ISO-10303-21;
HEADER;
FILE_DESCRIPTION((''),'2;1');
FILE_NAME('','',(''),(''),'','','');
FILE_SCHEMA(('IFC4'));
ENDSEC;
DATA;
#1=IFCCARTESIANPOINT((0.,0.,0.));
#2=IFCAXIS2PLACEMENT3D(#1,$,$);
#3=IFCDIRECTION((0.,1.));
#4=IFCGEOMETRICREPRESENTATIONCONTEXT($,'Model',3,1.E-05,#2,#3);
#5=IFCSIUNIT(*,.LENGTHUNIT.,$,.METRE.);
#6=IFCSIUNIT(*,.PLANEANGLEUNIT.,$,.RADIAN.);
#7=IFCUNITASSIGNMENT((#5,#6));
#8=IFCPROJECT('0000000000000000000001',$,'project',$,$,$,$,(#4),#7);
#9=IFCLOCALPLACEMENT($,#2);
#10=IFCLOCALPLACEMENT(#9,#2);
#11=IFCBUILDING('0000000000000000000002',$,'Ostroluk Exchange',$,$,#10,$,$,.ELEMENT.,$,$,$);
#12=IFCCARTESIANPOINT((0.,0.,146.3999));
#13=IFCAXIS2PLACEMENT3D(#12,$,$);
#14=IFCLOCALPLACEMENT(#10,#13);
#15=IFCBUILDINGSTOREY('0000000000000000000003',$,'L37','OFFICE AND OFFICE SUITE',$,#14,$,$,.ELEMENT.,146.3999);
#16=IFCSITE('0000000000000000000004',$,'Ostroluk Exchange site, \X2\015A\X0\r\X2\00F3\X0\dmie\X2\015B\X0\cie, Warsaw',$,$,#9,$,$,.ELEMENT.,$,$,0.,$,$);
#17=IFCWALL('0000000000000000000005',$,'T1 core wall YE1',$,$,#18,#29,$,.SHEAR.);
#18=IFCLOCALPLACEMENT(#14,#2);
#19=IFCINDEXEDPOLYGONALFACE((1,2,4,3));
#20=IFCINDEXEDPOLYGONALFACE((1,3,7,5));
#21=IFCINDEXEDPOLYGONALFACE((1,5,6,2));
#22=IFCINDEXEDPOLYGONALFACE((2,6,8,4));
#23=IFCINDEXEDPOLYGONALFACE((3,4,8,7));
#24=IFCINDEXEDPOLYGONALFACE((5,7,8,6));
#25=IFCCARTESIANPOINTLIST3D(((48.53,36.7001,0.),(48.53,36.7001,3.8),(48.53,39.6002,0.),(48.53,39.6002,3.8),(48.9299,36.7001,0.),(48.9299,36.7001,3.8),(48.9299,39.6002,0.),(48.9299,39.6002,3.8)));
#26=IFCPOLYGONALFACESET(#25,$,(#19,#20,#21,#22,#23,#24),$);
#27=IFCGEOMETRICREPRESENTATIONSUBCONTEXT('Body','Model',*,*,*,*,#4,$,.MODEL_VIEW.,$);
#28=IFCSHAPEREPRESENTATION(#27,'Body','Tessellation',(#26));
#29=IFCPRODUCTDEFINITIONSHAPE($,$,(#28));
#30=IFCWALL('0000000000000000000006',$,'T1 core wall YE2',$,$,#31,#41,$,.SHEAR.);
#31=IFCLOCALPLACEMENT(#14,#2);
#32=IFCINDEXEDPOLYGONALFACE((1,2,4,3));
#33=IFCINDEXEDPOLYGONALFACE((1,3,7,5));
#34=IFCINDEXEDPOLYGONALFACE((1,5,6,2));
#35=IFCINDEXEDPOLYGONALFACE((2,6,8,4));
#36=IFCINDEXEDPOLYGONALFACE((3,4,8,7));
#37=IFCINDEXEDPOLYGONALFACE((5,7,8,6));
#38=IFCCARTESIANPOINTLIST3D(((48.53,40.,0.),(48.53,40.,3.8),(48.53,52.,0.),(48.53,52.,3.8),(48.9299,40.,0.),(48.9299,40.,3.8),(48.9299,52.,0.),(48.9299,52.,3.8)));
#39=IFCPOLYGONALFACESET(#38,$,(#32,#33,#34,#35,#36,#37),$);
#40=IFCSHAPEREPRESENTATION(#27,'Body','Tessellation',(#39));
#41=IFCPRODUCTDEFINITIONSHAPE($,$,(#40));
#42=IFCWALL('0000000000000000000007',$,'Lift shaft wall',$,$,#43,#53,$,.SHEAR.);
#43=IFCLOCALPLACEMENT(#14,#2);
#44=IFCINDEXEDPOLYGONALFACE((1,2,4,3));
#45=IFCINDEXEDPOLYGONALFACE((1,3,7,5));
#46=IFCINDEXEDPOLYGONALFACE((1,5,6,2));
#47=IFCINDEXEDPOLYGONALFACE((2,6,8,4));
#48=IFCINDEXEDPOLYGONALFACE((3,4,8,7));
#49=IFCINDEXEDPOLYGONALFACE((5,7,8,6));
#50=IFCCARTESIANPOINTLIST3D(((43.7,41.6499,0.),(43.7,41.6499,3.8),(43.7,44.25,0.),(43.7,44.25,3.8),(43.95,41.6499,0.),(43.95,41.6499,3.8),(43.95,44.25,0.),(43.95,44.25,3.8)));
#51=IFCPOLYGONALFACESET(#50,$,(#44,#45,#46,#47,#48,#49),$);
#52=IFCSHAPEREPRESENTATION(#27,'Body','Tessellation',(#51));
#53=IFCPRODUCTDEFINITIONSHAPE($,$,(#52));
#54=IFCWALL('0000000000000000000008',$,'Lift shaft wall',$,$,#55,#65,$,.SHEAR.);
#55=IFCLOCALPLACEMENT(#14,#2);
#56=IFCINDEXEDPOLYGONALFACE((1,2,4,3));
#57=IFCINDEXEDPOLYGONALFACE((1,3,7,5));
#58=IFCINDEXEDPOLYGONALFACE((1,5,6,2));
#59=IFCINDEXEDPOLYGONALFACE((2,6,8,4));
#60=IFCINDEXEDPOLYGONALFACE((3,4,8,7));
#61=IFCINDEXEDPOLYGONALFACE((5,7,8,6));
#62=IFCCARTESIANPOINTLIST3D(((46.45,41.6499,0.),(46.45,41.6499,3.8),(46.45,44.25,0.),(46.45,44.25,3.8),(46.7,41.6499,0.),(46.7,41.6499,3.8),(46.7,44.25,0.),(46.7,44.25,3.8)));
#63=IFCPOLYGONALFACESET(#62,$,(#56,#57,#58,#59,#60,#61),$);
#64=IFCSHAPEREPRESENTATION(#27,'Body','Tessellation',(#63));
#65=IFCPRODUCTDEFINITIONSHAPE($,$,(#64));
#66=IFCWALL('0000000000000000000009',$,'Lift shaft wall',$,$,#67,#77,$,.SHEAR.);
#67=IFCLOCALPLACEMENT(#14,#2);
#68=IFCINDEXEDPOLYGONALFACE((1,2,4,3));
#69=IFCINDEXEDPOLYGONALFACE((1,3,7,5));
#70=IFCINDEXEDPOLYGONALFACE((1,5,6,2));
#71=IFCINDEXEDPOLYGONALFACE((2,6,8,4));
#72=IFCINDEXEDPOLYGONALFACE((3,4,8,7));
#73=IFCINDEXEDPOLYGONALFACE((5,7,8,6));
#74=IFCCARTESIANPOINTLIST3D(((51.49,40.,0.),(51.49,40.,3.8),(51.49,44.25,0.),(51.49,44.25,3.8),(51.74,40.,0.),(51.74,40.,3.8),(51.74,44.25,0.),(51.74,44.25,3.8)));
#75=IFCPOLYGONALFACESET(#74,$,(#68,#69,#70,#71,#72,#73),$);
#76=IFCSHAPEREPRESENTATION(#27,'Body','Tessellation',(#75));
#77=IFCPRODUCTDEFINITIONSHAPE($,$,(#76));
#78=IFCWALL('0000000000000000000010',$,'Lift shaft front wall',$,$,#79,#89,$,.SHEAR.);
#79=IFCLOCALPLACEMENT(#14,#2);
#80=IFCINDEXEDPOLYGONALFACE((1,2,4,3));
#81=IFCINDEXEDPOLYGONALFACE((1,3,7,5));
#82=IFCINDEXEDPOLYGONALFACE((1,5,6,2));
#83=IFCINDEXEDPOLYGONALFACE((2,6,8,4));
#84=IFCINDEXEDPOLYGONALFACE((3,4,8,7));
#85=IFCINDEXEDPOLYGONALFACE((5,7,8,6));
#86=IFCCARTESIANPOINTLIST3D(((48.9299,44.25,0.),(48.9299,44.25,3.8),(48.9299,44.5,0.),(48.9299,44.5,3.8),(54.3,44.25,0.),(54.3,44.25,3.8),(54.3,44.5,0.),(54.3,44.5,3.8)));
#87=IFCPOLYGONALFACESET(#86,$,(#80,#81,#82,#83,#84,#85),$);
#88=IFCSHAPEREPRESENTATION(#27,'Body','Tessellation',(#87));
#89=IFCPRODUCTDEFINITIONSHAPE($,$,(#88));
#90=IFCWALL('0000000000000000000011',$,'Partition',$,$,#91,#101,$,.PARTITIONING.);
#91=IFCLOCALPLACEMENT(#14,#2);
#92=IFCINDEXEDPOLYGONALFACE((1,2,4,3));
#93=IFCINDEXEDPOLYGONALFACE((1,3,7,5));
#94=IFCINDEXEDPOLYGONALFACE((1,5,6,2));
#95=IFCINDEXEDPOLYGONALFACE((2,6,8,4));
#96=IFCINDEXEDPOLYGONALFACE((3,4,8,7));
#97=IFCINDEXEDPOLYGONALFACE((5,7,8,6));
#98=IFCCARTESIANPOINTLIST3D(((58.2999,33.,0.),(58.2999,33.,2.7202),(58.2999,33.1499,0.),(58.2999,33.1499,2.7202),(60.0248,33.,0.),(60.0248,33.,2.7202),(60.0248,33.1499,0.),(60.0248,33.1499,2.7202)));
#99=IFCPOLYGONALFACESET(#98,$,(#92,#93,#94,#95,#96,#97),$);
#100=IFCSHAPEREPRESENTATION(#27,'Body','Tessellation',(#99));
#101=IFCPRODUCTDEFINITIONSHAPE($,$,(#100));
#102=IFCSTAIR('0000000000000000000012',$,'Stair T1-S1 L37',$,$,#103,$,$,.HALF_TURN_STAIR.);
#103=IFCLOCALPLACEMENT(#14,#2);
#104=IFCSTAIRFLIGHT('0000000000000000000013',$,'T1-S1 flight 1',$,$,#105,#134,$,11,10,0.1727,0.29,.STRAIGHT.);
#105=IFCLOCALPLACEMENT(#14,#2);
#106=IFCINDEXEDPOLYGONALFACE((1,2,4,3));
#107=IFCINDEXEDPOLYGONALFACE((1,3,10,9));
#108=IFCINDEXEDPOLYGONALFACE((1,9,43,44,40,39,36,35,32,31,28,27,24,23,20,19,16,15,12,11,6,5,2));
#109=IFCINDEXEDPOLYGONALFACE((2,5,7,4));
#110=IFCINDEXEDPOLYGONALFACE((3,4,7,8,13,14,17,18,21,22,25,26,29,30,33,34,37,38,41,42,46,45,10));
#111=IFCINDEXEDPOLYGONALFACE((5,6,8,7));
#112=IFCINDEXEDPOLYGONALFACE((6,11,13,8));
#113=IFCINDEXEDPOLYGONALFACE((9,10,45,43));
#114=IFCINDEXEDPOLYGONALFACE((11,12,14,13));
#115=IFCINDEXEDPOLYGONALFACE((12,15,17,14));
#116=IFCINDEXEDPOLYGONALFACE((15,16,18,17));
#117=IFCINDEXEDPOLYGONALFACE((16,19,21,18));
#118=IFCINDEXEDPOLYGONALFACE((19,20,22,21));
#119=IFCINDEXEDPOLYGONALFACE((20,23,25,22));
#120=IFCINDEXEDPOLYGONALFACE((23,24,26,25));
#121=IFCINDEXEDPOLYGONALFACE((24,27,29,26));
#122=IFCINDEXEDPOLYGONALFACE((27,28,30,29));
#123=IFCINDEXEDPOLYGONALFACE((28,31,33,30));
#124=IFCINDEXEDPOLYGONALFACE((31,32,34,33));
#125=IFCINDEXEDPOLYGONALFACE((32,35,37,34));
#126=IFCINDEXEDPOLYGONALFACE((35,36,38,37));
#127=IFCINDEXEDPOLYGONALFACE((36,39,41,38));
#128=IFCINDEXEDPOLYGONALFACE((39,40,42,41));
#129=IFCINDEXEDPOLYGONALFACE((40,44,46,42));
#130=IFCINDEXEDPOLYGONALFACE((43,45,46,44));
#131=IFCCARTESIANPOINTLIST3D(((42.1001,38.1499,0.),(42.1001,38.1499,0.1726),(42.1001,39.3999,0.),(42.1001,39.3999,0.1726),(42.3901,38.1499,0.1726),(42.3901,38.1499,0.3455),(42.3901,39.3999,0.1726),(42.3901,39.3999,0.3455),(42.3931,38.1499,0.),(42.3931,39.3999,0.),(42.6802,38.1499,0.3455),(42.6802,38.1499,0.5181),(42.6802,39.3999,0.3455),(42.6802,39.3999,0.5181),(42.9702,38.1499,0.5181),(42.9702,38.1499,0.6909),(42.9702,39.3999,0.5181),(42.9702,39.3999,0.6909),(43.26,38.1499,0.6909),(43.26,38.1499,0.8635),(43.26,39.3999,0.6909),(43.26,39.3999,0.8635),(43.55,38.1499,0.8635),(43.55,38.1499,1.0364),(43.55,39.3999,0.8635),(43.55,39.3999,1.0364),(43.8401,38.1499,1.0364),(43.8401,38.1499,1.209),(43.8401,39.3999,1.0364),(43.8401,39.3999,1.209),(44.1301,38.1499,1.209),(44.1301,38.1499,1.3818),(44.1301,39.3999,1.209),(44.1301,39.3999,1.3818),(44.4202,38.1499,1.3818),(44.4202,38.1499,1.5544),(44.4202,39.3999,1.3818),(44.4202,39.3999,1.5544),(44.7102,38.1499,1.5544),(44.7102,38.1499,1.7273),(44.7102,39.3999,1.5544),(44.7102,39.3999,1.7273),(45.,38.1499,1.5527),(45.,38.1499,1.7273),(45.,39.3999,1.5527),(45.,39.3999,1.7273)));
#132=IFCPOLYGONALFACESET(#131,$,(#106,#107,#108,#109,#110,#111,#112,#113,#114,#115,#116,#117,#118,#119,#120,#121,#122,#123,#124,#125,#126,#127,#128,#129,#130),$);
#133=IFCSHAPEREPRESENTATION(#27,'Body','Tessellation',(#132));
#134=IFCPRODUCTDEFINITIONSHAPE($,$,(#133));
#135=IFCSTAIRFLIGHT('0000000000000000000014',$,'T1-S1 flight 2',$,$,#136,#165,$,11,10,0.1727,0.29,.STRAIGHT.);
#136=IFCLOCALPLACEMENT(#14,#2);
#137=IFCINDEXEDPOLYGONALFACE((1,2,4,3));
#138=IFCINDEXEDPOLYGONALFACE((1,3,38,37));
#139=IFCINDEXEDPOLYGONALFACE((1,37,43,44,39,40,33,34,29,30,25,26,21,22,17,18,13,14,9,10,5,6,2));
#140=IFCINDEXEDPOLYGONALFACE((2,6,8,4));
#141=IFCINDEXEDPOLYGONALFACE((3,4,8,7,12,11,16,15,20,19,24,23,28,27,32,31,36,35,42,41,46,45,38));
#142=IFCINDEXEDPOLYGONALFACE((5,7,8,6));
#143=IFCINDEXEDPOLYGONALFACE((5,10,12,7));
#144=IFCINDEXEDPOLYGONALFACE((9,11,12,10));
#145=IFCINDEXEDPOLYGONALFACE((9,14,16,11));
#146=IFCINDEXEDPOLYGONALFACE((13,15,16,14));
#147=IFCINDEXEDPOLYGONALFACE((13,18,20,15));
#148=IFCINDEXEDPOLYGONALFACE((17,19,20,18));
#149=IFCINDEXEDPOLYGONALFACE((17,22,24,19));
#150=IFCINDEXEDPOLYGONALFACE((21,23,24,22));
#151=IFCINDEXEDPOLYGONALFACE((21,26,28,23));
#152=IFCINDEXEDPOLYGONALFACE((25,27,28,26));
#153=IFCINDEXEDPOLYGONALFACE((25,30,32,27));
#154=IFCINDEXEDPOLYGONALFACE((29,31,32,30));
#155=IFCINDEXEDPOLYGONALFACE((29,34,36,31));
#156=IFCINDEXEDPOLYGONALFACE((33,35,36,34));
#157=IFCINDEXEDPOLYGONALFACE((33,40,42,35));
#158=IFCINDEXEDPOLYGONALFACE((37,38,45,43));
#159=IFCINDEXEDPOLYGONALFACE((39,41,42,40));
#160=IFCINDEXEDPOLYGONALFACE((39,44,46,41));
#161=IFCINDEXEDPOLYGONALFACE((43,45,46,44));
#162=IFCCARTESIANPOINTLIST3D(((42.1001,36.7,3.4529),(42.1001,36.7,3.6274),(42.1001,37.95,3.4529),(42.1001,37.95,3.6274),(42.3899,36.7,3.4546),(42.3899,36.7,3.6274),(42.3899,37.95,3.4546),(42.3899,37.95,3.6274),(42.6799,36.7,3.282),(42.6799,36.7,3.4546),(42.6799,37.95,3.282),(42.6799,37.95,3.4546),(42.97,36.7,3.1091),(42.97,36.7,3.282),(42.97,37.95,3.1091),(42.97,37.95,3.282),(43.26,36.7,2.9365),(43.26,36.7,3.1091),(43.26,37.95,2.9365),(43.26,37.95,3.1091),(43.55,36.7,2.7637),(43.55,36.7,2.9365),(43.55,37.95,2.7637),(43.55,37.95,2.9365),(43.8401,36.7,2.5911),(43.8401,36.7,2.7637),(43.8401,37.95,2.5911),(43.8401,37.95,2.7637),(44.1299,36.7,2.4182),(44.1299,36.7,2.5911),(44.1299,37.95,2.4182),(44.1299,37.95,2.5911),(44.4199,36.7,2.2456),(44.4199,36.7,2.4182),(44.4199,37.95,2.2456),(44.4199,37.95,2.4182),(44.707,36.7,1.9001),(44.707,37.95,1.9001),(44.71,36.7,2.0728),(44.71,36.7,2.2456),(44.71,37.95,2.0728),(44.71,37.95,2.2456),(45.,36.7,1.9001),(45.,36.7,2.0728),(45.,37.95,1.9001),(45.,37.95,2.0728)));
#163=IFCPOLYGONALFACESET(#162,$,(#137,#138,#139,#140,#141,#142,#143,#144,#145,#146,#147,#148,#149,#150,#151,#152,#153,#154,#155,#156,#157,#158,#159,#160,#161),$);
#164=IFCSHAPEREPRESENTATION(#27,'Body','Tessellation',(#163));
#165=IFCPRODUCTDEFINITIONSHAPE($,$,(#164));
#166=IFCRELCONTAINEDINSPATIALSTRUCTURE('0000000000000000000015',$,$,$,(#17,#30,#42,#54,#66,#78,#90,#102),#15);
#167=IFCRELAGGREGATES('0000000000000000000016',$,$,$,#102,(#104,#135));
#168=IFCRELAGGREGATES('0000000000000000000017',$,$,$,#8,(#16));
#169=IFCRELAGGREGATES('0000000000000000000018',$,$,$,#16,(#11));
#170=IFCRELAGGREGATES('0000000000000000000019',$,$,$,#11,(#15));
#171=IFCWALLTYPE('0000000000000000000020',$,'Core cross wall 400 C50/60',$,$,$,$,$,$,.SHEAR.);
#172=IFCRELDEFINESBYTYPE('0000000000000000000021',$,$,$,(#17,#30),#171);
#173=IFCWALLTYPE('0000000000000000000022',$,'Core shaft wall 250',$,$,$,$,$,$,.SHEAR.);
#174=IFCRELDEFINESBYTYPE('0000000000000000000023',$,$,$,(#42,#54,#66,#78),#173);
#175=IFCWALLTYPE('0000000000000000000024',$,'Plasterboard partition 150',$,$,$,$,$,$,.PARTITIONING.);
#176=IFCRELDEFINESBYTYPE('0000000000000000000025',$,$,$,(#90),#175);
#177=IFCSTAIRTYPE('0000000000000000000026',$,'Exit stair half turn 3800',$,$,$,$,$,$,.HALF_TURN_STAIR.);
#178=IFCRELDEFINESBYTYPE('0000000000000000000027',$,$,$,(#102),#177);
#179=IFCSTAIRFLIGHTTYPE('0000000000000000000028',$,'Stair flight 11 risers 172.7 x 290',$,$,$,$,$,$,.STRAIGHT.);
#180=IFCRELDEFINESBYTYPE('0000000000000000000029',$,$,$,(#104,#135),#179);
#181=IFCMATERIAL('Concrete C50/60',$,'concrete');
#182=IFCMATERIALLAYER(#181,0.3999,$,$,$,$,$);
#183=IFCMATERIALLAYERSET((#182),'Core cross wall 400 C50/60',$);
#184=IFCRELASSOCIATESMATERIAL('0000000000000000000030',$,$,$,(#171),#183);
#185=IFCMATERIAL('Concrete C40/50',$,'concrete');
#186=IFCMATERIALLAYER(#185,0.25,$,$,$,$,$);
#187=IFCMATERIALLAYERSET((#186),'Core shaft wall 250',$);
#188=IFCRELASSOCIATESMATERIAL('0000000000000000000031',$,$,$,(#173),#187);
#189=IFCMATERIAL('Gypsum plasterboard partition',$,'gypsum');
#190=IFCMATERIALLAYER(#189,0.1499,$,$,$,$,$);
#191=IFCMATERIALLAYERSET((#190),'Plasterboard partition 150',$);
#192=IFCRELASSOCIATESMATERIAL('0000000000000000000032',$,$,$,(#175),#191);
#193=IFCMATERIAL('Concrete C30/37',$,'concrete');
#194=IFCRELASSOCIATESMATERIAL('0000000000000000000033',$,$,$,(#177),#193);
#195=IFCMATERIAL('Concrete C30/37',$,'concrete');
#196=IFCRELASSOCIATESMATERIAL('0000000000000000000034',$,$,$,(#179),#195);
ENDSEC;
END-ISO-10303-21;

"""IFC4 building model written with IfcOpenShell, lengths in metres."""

from ifc_helpers import new_model, si_unit, direction, frame, frame_2d, origin, place, context, subcontext, project, spatial, polyline, rectangle, outline, extrude, material, layer, layer_set, type_object, element, aggregate, save


model = new_model("IFC4")

# Units and contexts
model_context = context("Model", 3, precision=1e-05, world=origin(), true_north=direction((0.0, 1.0)))
body_context = subcontext(model_context, "Body", "Model", "MODEL_VIEW")
ifc_project = project(units=[si_unit("LENGTHUNIT", "METRE"), si_unit("PLANEANGLEUNIT", "RADIAN")], contexts=[model_context])

# Site, building, storey
site_placement = place(None, origin())
site = spatial("IfcSite", under=ifc_project, at=site_placement, Name="Ostroluk Exchange site, Śródmieście, Warsaw", CompositionType="ELEMENT", RefElevation=0.0)
building_placement = place(site_placement, origin())
building = spatial("IfcBuilding", under=site, at=building_placement, Name="Ostroluk Exchange", CompositionType="ELEMENT")
storey_placement = place(building_placement, frame((0.0, 0.0, 146.3999)))
storey = spatial("IfcBuildingStorey", under=building, at=storey_placement, Name="L37", Description="OFFICE AND OFFICE SUITE", CompositionType="ELEMENT", Elevation=146.3999)

# Walls
ifc_material_1 = material(Name="Concrete C50/60", Category="concrete")
ifc_layer_1 = layer(ifc_material_1, 0.3999)
ifc_layer_set_1 = layer_set([ifc_layer_1], Name="Core cross wall 400 C50/60")
wall_type_1 = type_object("IfcWallType", Name="Core cross wall 400 C50/60", PredefinedType="SHEAR", material=ifc_layer_set_1)
wall_1_placement = place(storey_placement, frame((48.73, 36.7, 0.0), z_axis=(0.0, 0.0, 1.0), x_axis=(0.0, 1.0, 0.0)))
element("IfcWall", 1, at=wall_1_placement, inside=storey, type_object=wall_type_1, Name="T1 core wall YE1", PredefinedType="SHEAR", context=body_context, shape_type="SweptSolid", body=[
    extrude(rectangle(XDim=2.9001, YDim=0.3999, at=frame_2d((1.4502, 0.0))), origin(), (0.0, 0.0, 1.0), 3.8),
])
wall_2_placement = place(storey_placement, frame((48.73, 40.0, 0.0), z_axis=(0.0, 0.0, 1.0), x_axis=(0.0, 1.0, 0.0)))
element("IfcWall", 2, at=wall_2_placement, inside=storey, type_object=wall_type_1, Name="T1 core wall YE2", PredefinedType="SHEAR", context=body_context, shape_type="SweptSolid", body=[
    extrude(rectangle(XDim=12.0, YDim=0.3999, at=frame_2d((6.0, 0.0))), origin(), (0.0, 0.0, 1.0), 3.8),
])

# Shared definitions
ifc_material_2 = material(Name="Concrete C40/50", Category="concrete")
ifc_layer_2 = layer(ifc_material_2, 0.25)
ifc_layer_set_2 = layer_set([ifc_layer_2], Name="Core shaft wall 250")
wall_type_2 = type_object("IfcWallType", Name="Core shaft wall 250", PredefinedType="SHEAR", material=ifc_layer_set_2)

# Walls
for number, where, z_axis, x_axis, name in (
    (3, (43.825, 44.25, 0.0), (0.0, 0.0, 1.0), (0.0, -1.0, 0.0), "Lift shaft wall"),
    (4, (46.575, 44.25, 0.0), (0.0, 0.0, 1.0), (0.0, -1.0, 0.0), "Lift shaft wall"),
):
    element("IfcWall", number, at=place(storey_placement, frame(where, z_axis=z_axis, x_axis=x_axis)), inside=storey, type_object=wall_type_2, Name=name, PredefinedType="SHEAR", context=body_context, shape_type="SweptSolid", body=[
        extrude(rectangle(XDim=2.6001, YDim=0.25, at=frame_2d((1.3, 0.0))), origin(), (0.0, 0.0, 1.0), 3.8),
    ])
wall_3_placement = place(storey_placement, frame((51.615, 44.25, 0.0), z_axis=(0.0, 0.0, 1.0), x_axis=(0.0, -1.0, 0.0)))
element("IfcWall", 5, at=wall_3_placement, inside=storey, type_object=wall_type_2, Name="Lift shaft wall", PredefinedType="SHEAR", context=body_context, shape_type="SweptSolid", body=[
    extrude(rectangle(XDim=4.25, YDim=0.25, at=frame_2d((2.125, 0.0))), origin(), (0.0, 0.0, 1.0), 3.8),
])
wall_4_placement = place(storey_placement, frame((48.9299, 44.375, 0.0), z_axis=(0.0, 0.0, 1.0), x_axis=(1.0, 0.0, 0.0)))
element("IfcWall", 6, at=wall_4_placement, inside=storey, type_object=wall_type_2, Name="Lift shaft front wall", PredefinedType="SHEAR", context=body_context, shape_type="SweptSolid", body=[
    extrude(rectangle(XDim=5.3701, YDim=0.25, at=frame_2d((2.6851, 0.0))), origin(), (0.0, 0.0, 1.0), 3.8),
])

# Wall
ifc_material_3 = material(Name="Gypsum plasterboard partition", Category="gypsum")
ifc_layer_3 = layer(ifc_material_3, 0.1499)
ifc_layer_set_3 = layer_set([ifc_layer_3], Name="Plasterboard partition 150")
wall_type_3 = type_object("IfcWallType", Name="Plasterboard partition 150", PredefinedType="PARTITIONING", material=ifc_layer_set_3)
wall_5_placement = place(storey_placement, frame((58.3, 33.075, 0.0), z_axis=(0.0, 0.0, 1.0), x_axis=(1.0, 0.0, 0.0)))
element("IfcWall", 7, at=wall_5_placement, inside=storey, type_object=wall_type_3, Name="Partition", PredefinedType="PARTITIONING", context=body_context, shape_type="SweptSolid", body=[
    extrude(rectangle(XDim=1.7249, YDim=0.1499, at=frame_2d((0.8623, 0.0))), origin(), (0.0, 0.0, 1.0), 2.7202),
])

# Stair, stair flights
ifc_material_4 = material(Name="Concrete C30/37", Category="concrete")
stair_type = type_object("IfcStairType", Name="Exit stair half turn 3800", PredefinedType="HALF_TURN_STAIR", material=ifc_material_4)
stair_placement = place(storey_placement, origin())
stair = element("IfcStair", 8, at=stair_placement, inside=storey, type_object=stair_type, Name="Stair T1-S1 L37", PredefinedType="HALF_TURN_STAIR")
ifc_material_5 = material(Name="Concrete C30/37", Category="concrete")
stair_flight_type = type_object("IfcStairFlightType", Name="Stair flight 11 risers 172.7 x 290", PredefinedType="STRAIGHT", material=ifc_material_5)
stair_flight_1_placement = place(storey_placement, frame((42.1001, 38.7749, 0.0), z_axis=(0.0, 0.0, 1.0), x_axis=(1.0, 0.0, 0.0)))
stair_flight_1 = element("IfcStairFlight", 9, at=stair_flight_1_placement, type_object=stair_flight_type, Name="T1-S1 flight 1", NumberOfRisers=11, NumberOfTreads=10, PredefinedType="STRAIGHT", RiserHeight=0.1727, TreadLength=0.29, context=body_context, shape_type="SweptSolid", body=[
    extrude(outline(polyline([(0.0, 0.0), (0.0, 0.1726), (0.29, 0.1726), (0.29, 0.3455), (0.5801, 0.3455), (0.5801, 0.5181), (0.8701, 0.5181), (0.8701, 0.6909), (1.1599, 0.6909), (1.1599, 0.8635), (1.45, 0.8635), (1.45, 1.0364), (1.74, 1.0364), (1.74, 1.209), (2.03, 1.209), (2.03, 1.3818), (2.3201, 1.3818), (2.3201, 1.5544), (2.6101, 1.5544), (2.6101, 1.7273), (2.8999, 1.7273), (2.8999, 1.8999), (2.8999, 1.5527), (0.293, 0.0), (0.0, 0.0)])), frame((0.0, 0.625, 0.0), z_axis=(0.0, -1.0, 0.0), x_axis=(1.0, 0.0, 0.0)), (0.0, 0.0, 1.0), 1.25),
])
stair_flight_2_placement = place(storey_placement, frame((45.0, 37.325, 1.9001), z_axis=(0.0, 0.0, 1.0), x_axis=(-1.0, 0.0, 0.0)))
stair_flight_2 = element("IfcStairFlight", 10, at=stair_flight_2_placement, type_object=stair_flight_type, Name="T1-S1 flight 2", NumberOfRisers=11, NumberOfTreads=10, PredefinedType="STRAIGHT", RiserHeight=0.1727, TreadLength=0.29, context=body_context, shape_type="SweptSolid", body=[
    extrude(outline(polyline([(0.0, 0.0), (0.0, 0.1726), (0.29, 0.1726), (0.29, 0.3455), (0.5801, 0.3455), (0.5801, 0.5181), (0.8701, 0.5181), (0.8701, 0.6909), (1.1599, 0.6909), (1.1599, 0.8635), (1.45, 0.8635), (1.45, 1.0364), (1.74, 1.0364), (1.74, 1.209), (2.03, 1.209), (2.03, 1.3818), (2.3201, 1.3818), (2.3201, 1.5544), (2.6101, 1.5544), (2.6101, 1.7273), (2.8999, 1.7273), (2.8999, 1.8999), (2.8999, 1.5527), (0.293, 0.0), (0.0, 0.0)])), frame((0.0, 0.625, 0.0), z_axis=(0.0, -1.0, 0.0), x_axis=(1.0, 0.0, 0.0)), (0.0, 0.0, 1.0), 1.25),
])
aggregate(stair, [stair_flight_1, stair_flight_2])

save(model, "model.ifc")
